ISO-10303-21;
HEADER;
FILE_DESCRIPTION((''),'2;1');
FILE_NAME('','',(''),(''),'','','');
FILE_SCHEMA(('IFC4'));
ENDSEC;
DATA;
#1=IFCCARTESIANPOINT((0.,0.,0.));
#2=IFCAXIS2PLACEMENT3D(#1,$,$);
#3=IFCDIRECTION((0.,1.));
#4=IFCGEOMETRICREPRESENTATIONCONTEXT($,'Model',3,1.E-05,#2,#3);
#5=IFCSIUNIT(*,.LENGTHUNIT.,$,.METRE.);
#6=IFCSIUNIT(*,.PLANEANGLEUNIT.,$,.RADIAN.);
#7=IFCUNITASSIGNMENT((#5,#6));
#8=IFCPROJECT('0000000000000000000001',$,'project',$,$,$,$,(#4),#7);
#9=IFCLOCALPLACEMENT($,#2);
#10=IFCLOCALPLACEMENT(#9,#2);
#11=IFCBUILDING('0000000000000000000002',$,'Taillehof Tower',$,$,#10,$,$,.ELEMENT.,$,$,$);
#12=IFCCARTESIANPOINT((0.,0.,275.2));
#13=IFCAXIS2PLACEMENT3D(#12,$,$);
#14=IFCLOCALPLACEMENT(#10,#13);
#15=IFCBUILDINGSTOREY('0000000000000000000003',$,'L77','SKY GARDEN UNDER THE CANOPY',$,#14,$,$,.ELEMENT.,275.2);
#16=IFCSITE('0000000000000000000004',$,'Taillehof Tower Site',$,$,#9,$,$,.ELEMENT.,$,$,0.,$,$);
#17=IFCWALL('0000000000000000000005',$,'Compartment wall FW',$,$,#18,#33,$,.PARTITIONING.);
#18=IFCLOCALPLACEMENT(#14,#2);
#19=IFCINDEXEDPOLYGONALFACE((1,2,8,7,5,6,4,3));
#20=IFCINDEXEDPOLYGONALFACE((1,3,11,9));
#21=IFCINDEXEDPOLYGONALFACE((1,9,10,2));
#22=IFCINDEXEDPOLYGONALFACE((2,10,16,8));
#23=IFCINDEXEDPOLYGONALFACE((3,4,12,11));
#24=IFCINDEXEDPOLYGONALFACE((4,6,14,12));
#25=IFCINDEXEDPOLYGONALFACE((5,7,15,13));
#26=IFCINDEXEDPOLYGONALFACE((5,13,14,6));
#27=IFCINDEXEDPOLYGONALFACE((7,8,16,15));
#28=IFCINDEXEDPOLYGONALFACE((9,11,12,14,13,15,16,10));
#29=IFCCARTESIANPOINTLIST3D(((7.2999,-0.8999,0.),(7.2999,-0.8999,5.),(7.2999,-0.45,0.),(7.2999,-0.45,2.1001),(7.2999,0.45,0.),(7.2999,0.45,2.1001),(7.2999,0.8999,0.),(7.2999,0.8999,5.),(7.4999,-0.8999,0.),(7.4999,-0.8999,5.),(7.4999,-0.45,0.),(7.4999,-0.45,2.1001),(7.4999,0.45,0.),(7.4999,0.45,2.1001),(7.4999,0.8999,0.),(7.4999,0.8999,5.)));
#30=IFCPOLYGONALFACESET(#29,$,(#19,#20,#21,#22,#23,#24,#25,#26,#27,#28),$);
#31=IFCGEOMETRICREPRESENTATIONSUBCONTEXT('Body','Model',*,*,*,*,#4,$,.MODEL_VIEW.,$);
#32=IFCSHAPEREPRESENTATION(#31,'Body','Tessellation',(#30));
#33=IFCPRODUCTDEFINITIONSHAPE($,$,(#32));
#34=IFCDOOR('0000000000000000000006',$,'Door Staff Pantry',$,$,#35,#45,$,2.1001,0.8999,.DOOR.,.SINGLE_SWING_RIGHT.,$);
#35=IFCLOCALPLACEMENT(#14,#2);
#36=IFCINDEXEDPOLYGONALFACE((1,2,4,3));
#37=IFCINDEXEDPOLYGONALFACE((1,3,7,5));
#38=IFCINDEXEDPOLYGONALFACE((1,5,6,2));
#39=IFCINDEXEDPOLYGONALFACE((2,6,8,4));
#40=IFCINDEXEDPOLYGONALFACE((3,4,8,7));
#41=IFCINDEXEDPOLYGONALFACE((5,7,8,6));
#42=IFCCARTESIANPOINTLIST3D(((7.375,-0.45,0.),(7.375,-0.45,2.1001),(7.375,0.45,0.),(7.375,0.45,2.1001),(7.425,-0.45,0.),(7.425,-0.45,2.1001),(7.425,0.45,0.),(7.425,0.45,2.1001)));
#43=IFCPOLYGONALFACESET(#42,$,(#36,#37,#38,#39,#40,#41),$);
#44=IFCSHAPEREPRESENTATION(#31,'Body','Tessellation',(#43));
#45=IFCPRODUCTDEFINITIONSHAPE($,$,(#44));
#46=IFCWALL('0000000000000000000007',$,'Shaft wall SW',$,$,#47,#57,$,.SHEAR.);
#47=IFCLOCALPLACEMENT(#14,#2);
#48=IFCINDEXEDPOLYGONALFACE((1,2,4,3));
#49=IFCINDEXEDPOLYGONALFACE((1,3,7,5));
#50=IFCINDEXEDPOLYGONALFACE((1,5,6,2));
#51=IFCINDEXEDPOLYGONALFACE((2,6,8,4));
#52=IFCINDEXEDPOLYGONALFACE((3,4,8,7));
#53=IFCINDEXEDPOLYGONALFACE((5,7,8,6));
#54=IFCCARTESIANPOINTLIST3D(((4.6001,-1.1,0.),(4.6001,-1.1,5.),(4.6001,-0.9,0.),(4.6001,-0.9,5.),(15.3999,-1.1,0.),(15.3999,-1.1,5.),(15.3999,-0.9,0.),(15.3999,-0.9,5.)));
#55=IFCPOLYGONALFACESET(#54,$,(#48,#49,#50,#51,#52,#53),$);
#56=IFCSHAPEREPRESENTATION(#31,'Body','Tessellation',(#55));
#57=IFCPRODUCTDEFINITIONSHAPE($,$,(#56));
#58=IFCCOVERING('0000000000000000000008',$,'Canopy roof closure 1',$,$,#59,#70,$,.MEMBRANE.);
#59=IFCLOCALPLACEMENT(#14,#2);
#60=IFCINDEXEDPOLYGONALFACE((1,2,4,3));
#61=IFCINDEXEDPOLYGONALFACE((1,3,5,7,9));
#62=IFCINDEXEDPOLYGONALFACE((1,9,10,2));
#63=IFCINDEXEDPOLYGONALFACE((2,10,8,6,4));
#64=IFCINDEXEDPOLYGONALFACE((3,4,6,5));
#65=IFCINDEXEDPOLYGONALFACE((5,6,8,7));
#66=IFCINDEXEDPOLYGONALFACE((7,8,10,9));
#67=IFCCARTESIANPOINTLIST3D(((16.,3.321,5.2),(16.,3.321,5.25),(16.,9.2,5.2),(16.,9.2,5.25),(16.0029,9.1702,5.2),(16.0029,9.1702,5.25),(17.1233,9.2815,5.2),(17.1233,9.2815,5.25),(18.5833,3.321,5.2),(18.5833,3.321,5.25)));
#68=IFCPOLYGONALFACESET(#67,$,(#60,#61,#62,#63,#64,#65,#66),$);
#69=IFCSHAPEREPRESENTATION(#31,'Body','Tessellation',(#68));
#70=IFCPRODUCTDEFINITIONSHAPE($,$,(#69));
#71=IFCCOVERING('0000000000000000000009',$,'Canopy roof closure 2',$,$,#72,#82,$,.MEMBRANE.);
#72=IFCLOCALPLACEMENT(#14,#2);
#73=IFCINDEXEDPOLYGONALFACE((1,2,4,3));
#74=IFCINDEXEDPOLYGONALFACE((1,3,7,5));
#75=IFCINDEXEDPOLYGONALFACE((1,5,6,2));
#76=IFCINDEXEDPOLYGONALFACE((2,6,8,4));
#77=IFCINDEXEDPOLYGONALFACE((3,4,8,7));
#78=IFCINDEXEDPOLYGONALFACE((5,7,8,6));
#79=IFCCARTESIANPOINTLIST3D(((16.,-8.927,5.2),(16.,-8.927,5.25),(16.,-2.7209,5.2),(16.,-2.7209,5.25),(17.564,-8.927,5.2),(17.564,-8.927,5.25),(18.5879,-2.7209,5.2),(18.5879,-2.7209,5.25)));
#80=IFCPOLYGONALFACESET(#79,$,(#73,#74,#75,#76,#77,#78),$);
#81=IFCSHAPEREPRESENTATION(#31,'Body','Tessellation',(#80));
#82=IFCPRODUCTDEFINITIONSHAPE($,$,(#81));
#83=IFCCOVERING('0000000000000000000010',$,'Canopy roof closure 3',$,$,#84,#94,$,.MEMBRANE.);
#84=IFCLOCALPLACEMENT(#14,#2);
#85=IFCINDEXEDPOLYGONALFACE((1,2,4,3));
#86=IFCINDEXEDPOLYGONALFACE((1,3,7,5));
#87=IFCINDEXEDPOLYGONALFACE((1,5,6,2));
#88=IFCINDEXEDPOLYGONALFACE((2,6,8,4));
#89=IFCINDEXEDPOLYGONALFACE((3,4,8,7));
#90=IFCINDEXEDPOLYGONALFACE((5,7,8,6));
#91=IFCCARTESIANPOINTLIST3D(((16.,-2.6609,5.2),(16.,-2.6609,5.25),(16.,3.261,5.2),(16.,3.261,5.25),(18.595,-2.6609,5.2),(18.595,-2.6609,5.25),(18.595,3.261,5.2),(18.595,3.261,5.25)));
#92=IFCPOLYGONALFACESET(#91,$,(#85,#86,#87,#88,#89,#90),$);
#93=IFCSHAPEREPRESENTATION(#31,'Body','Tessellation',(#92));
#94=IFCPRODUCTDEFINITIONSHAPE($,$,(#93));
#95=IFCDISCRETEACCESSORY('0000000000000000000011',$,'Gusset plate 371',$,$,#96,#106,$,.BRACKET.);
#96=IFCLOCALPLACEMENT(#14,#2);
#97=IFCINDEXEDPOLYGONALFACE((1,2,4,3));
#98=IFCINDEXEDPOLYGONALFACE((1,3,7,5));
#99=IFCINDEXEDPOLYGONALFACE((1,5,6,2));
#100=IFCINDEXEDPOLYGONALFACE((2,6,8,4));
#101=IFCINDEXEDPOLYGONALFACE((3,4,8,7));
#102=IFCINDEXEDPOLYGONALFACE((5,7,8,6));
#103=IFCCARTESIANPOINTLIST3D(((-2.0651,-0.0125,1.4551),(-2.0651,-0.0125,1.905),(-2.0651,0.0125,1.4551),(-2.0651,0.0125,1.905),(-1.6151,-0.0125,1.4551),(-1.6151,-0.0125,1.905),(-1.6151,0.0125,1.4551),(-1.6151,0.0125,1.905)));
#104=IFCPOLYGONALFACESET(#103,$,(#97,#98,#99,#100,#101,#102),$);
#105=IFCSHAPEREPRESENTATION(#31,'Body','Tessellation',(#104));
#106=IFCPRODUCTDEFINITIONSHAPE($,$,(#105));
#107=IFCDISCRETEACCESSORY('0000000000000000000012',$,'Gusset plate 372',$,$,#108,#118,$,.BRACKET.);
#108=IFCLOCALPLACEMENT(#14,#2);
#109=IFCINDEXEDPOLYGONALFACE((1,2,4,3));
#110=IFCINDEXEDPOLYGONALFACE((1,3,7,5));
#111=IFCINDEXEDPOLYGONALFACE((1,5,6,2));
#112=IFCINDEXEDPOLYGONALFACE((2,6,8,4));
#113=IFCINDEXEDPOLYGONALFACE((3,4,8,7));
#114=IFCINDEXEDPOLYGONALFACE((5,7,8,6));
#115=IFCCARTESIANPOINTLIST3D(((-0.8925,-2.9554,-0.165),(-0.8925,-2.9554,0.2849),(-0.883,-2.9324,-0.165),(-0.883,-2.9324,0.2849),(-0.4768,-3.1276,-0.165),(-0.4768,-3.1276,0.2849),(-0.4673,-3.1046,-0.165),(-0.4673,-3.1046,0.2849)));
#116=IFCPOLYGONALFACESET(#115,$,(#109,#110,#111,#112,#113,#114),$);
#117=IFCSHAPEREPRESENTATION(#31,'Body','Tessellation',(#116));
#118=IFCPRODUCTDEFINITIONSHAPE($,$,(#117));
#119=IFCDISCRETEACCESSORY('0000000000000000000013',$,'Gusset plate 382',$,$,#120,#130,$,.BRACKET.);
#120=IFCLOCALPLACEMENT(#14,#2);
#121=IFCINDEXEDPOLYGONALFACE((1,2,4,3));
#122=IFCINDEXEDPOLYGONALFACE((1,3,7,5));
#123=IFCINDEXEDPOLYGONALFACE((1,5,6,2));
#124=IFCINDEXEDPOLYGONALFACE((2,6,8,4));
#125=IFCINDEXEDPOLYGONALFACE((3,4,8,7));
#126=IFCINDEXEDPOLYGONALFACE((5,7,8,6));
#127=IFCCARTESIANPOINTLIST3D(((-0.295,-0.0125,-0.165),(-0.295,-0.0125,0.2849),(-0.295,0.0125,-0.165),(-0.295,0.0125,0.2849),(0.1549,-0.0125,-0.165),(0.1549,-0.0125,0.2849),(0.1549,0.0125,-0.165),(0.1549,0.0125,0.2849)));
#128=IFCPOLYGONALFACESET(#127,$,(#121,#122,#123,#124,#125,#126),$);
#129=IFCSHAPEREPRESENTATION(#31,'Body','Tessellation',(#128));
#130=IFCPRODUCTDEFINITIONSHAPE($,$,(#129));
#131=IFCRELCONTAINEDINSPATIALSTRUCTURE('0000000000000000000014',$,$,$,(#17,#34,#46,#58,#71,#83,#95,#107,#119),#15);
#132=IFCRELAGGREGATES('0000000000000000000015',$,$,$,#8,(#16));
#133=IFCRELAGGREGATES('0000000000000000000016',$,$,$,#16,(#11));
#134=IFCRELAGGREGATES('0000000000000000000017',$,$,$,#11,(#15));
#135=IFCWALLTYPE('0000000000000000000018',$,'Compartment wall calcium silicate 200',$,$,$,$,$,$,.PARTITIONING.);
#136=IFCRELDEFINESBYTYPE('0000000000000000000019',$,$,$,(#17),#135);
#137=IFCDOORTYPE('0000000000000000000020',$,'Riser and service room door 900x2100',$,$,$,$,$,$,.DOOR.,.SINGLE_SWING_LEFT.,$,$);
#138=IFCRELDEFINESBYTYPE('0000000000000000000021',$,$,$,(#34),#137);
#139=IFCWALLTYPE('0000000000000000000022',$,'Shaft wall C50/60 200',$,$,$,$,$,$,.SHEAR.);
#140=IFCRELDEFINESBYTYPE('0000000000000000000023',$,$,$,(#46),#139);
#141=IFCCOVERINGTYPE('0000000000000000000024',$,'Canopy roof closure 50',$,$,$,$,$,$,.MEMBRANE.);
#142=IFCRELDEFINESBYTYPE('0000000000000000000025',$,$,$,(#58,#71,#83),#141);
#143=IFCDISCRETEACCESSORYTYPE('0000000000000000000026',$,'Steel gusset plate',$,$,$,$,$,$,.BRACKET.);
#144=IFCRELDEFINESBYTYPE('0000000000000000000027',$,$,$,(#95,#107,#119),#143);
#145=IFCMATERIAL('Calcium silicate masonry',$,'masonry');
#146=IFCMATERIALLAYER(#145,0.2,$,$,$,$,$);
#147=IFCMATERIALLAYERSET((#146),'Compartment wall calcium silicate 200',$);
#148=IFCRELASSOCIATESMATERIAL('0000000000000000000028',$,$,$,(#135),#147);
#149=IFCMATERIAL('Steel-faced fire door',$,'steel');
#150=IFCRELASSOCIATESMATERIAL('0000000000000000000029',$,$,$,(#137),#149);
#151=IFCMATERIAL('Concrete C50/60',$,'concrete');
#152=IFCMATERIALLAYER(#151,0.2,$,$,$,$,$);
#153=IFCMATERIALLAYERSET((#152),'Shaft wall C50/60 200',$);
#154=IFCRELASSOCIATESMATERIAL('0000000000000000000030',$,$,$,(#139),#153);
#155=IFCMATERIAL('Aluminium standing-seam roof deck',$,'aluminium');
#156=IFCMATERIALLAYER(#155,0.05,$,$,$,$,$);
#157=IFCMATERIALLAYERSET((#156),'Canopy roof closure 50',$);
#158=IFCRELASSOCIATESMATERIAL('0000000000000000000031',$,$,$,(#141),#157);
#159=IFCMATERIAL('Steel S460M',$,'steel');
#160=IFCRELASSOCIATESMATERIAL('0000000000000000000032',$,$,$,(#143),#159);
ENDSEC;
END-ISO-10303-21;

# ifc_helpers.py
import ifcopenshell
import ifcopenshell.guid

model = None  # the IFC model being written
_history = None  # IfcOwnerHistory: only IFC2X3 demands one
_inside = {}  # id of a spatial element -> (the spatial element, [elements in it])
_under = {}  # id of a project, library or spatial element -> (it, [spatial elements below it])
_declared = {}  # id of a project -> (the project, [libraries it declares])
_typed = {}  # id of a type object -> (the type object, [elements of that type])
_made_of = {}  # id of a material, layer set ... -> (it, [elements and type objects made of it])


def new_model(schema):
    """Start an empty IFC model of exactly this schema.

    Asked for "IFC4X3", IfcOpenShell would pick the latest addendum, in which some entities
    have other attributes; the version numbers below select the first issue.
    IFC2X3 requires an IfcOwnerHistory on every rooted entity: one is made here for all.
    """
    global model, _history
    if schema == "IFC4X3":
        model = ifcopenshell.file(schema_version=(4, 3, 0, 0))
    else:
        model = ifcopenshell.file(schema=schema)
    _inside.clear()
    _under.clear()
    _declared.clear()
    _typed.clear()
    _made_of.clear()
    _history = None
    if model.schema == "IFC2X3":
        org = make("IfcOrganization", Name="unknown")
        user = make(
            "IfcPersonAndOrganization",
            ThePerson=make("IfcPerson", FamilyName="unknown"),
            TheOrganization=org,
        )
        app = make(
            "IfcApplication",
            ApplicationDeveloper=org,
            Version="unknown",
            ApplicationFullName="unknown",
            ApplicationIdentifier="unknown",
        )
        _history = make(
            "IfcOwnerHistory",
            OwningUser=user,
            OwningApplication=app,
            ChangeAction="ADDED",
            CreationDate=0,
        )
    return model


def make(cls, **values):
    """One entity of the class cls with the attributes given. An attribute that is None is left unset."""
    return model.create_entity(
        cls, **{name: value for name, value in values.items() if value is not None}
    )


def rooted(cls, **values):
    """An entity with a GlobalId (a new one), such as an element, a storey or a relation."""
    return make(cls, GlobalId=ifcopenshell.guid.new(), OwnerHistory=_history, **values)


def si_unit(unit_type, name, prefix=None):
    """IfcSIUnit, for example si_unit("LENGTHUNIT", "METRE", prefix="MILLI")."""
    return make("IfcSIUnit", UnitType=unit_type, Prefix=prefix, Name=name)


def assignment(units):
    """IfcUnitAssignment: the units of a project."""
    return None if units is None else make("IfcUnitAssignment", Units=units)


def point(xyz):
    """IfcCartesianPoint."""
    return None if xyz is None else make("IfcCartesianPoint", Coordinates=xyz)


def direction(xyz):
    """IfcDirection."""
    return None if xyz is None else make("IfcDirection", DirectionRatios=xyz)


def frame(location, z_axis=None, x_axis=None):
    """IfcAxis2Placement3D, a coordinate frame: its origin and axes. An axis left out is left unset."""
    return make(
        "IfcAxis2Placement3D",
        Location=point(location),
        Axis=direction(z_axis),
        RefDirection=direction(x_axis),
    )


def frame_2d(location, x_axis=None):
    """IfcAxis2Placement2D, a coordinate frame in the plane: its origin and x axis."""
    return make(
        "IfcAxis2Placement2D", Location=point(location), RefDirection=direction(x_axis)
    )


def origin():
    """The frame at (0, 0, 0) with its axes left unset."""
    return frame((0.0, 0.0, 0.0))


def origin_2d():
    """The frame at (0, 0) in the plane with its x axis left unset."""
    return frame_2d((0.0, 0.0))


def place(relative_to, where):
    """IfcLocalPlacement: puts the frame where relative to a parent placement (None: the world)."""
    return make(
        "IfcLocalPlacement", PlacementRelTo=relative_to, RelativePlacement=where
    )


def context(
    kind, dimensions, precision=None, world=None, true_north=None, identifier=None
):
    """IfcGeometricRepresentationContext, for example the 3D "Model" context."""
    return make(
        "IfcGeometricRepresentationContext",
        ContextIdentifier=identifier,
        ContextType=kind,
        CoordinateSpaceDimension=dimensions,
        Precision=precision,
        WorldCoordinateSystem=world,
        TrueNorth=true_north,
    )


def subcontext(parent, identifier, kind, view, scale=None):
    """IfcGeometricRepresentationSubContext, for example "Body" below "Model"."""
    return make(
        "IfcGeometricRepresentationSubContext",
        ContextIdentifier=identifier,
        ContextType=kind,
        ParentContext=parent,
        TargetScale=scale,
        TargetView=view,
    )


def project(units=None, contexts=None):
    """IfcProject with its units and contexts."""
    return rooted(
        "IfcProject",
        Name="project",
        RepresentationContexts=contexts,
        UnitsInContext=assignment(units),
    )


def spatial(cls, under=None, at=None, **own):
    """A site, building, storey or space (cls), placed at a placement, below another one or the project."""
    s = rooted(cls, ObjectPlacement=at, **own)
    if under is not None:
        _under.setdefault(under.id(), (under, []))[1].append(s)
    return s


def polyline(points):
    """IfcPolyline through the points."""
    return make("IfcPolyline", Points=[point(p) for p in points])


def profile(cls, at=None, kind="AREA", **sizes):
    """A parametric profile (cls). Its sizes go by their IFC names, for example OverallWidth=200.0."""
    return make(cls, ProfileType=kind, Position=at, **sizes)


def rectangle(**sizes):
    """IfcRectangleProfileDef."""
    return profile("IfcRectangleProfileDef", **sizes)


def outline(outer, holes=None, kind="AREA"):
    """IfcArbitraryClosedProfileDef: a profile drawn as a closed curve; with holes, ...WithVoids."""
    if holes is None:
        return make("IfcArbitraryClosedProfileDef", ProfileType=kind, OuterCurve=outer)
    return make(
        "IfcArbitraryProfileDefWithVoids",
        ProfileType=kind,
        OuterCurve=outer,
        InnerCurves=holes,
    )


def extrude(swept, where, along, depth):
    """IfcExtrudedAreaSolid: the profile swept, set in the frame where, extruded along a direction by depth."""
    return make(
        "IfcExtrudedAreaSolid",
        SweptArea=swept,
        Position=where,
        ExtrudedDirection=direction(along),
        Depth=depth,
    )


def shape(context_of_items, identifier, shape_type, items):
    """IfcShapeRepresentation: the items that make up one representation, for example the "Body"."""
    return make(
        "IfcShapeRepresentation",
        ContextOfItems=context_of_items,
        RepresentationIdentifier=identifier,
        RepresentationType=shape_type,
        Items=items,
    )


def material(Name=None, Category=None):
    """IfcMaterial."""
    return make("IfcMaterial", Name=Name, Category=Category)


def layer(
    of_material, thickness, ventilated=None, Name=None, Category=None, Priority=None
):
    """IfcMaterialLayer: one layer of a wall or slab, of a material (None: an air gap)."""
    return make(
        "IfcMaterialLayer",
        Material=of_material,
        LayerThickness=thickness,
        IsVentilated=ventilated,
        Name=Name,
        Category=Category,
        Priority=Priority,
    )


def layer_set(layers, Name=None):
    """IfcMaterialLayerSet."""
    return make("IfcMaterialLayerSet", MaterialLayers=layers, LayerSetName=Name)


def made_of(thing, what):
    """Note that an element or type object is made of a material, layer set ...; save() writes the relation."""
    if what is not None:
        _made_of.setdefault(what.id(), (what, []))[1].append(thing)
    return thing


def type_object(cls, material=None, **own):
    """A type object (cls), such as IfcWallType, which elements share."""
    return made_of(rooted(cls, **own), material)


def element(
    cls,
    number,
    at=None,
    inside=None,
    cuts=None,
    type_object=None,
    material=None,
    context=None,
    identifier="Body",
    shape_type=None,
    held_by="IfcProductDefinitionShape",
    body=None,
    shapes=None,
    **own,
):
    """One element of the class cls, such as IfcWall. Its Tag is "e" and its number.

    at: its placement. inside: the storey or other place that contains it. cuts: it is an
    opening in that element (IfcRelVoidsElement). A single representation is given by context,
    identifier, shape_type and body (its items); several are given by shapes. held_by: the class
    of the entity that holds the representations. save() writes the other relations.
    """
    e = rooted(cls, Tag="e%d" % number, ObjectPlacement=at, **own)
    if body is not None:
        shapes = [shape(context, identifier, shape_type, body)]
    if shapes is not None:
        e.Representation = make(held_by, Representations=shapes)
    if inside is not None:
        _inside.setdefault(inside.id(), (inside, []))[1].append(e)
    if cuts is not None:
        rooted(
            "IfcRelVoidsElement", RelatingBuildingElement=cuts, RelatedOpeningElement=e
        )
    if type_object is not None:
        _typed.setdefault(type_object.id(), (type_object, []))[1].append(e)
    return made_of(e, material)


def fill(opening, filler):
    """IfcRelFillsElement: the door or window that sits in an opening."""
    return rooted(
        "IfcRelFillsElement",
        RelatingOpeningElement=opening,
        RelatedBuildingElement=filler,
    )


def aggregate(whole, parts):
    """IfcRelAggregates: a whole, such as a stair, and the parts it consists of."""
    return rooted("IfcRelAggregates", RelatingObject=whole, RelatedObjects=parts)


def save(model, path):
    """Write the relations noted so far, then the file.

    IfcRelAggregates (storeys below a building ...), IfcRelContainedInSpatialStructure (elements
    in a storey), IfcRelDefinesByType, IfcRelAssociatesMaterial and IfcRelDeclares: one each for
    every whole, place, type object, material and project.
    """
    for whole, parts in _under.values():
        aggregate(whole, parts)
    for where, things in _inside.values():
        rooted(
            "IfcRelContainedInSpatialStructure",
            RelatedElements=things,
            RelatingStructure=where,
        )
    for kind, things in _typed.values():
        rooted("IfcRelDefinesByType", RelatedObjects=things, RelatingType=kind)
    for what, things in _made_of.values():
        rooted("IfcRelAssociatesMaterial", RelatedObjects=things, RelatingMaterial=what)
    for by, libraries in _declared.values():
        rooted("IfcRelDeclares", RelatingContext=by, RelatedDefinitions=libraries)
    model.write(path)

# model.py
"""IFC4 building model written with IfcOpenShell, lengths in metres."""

from ifc_helpers import new_model, si_unit, direction, frame, frame_2d, origin, origin_2d, place, context, subcontext, project, spatial, polyline, rectangle, outline, extrude, material, layer, layer_set, type_object, element, fill, save


model = new_model("IFC4")

# Units and contexts
model_context = context("Model", 3, precision=1e-05, world=origin(), true_north=direction((0.0, 1.0)))
body_context = subcontext(model_context, "Body", "Model", "MODEL_VIEW")
ifc_project = project(units=[si_unit("LENGTHUNIT", "METRE"), si_unit("PLANEANGLEUNIT", "RADIAN")], contexts=[model_context])

# Site, building, storey
site_placement = place(None, origin())
site = spatial("IfcSite", under=ifc_project, at=site_placement, Name="Taillehof Tower Site", CompositionType="ELEMENT", RefElevation=0.0)
building_placement = place(site_placement, origin())
building = spatial("IfcBuilding", under=site, at=building_placement, Name="Taillehof Tower", CompositionType="ELEMENT")
storey_placement = place(building_placement, frame((0.0, 0.0, 275.2)))
storey = spatial("IfcBuildingStorey", under=building, at=storey_placement, Name="L77", Description="SKY GARDEN UNDER THE CANOPY", CompositionType="ELEMENT", Elevation=275.2)

# Wall, opening, door
ifc_material_1 = material(Name="Calcium silicate masonry", Category="masonry")
ifc_layer_1 = layer(ifc_material_1, 0.2)
ifc_layer_set_1 = layer_set([ifc_layer_1], Name="Compartment wall calcium silicate 200")
wall_type_1 = type_object("IfcWallType", Name="Compartment wall calcium silicate 200", PredefinedType="PARTITIONING", material=ifc_layer_set_1)
wall_1_placement = place(storey_placement, frame((7.3999, -0.8999, 0.0), z_axis=(0.0, 0.0, 1.0), x_axis=(0.0, 1.0, 0.0)))
wall_1 = element("IfcWall", 1, at=wall_1_placement, inside=storey, type_object=wall_type_1, Name="Compartment wall FW", PredefinedType="PARTITIONING", context=body_context, shape_type="SweptSolid", body=[
    extrude(rectangle(XDim=1.7998, YDim=0.2, at=frame_2d((0.8999, 0.0))), origin(), (0.0, 0.0, 1.0), 5.0),
])
opening_1_placement = place(wall_1_placement, frame((0.45, 0.0, 0.0)))
opening_1 = element("IfcOpeningElement", 2, at=opening_1_placement, cuts=wall_1, PredefinedType="OPENING", context=body_context, shape_type="SweptSolid", body=[
    extrude(rectangle(XDim=0.8999, YDim=2.1001, at=frame_2d((0.45, 1.05))), frame((0.0, 0.1099, 0.0), z_axis=(0.0, -1.0, 0.0), x_axis=(1.0, 0.0, 0.0)), (0.0, 0.0, 1.0), 0.22),
])
ifc_material_2 = material(Name="Steel-faced fire door", Category="steel")
door_type = type_object("IfcDoorType", Name="Riser and service room door 900x2100", OperationType="SINGLE_SWING_LEFT", PredefinedType="DOOR", material=ifc_material_2)
door_placement = place(opening_1_placement, origin())
door = element("IfcDoor", 3, at=door_placement, inside=storey, type_object=door_type, Name="Door Staff Pantry", OperationType="SINGLE_SWING_RIGHT", OverallHeight=2.1001, OverallWidth=0.8999, PredefinedType="DOOR", context=body_context, shape_type="SweptSolid", body=[
    extrude(rectangle(XDim=0.8999, YDim=2.1001, at=frame_2d((0.45, 1.05))), frame((0.0, 0.0249, 0.0), z_axis=(0.0, -1.0, 0.0), x_axis=(1.0, 0.0, 0.0)), (0.0, 0.0, 1.0), 0.05),
])
fill(opening_1, door)

# Wall
ifc_material_3 = material(Name="Concrete C50/60", Category="concrete")
ifc_layer_2 = layer(ifc_material_3, 0.2)
ifc_layer_set_2 = layer_set([ifc_layer_2], Name="Shaft wall C50/60 200")
wall_type_2 = type_object("IfcWallType", Name="Shaft wall C50/60 200", PredefinedType="SHEAR", material=ifc_layer_set_2)
wall_2_placement = place(storey_placement, frame((4.6001, -1.0, 0.0), z_axis=(0.0, 0.0, 1.0), x_axis=(1.0, 0.0, 0.0)))
element("IfcWall", 4, at=wall_2_placement, inside=storey, type_object=wall_type_2, Name="Shaft wall SW", PredefinedType="SHEAR", context=body_context, shape_type="SweptSolid", body=[
    extrude(rectangle(XDim=10.7998, YDim=0.2, at=frame_2d((5.3999, 0.0))), origin(), (0.0, 0.0, 1.0), 5.0),
])

# Coverings
ifc_material_4 = material(Name="Aluminium standing-seam roof deck", Category="aluminium")
ifc_layer_3 = layer(ifc_material_4, 0.05)
ifc_layer_set_3 = layer_set([ifc_layer_3], Name="Canopy roof closure 50")
covering_type = type_object("IfcCoveringType", Name="Canopy roof closure 50", PredefinedType="MEMBRANE", material=ifc_layer_set_3)
covering_1_placement = place(storey_placement, frame((0.0, 0.0, 5.2)))
element("IfcCovering", 5, at=covering_1_placement, inside=storey, type_object=covering_type, Name="Canopy roof closure 1", PredefinedType="MEMBRANE", context=body_context, shape_type="SweptSolid", body=[
    extrude(outline(polyline([(18.5833, 3.321), (16.0, 3.321), (16.0, 9.2), (16.0029, 9.1702), (17.1233, 9.2815), (18.5833, 3.321)])), origin(), (0.0, 0.0, 1.0), 0.05),
])
covering_2_placement = place(storey_placement, frame((0.0, 0.0, 5.2)))
element("IfcCovering", 6, at=covering_2_placement, inside=storey, type_object=covering_type, Name="Canopy roof closure 2", PredefinedType="MEMBRANE", context=body_context, shape_type="SweptSolid", body=[
    extrude(outline(polyline([(17.564, -8.927), (16.0, -8.927), (16.0, -2.7209), (18.5879, -2.7209), (17.564, -8.927)])), origin(), (0.0, 0.0, 1.0), 0.05),
])
covering_3_placement = place(storey_placement, frame((0.0, 0.0, 5.2)))
element("IfcCovering", 7, at=covering_3_placement, inside=storey, type_object=covering_type, Name="Canopy roof closure 3", PredefinedType="MEMBRANE", context=body_context, shape_type="SweptSolid", body=[
    extrude(outline(polyline([(18.595, -2.6609), (16.0, -2.6609), (16.0, 3.261), (18.595, 3.261), (18.595, -2.6609)])), origin(), (0.0, 0.0, 1.0), 0.05),
])

# Discrete accessories
ifc_material_5 = material(Name="Steel S460M", Category="steel")
discrete_accessory_type = type_object("IfcDiscreteAccessoryType", Name="Steel gusset plate", PredefinedType="BRACKET", material=ifc_material_5)
for number, where, z_axis, x_axis, name in (
    (8, (-1.8401, 0.0, 1.4551), (0.0, 0.0, 1.0), (-1.0, 0.0, 0.0), "Gusset plate 371"),
    (9, (-0.6799, -3.03, -0.165), (0.0, 0.0, 1.0), (-0.923879, 0.382685, 0.0), "Gusset plate 372"),
    (10, (-0.0701, 0.0, -0.165), (0.0, 0.0, 1.0), (-1.0, 0.0, 0.0), "Gusset plate 382"),
):
    element("IfcDiscreteAccessory", number, at=place(storey_placement, frame(where, z_axis=z_axis, x_axis=x_axis)), inside=storey, type_object=discrete_accessory_type, Name=name, PredefinedType="BRACKET", context=body_context, shape_type="SweptSolid", body=[
        extrude(rectangle(XDim=0.45, YDim=0.0249, at=origin_2d()), origin(), (0.0, 0.0, 1.0), 0.45),
    ])

save(model, "model.ifc")
